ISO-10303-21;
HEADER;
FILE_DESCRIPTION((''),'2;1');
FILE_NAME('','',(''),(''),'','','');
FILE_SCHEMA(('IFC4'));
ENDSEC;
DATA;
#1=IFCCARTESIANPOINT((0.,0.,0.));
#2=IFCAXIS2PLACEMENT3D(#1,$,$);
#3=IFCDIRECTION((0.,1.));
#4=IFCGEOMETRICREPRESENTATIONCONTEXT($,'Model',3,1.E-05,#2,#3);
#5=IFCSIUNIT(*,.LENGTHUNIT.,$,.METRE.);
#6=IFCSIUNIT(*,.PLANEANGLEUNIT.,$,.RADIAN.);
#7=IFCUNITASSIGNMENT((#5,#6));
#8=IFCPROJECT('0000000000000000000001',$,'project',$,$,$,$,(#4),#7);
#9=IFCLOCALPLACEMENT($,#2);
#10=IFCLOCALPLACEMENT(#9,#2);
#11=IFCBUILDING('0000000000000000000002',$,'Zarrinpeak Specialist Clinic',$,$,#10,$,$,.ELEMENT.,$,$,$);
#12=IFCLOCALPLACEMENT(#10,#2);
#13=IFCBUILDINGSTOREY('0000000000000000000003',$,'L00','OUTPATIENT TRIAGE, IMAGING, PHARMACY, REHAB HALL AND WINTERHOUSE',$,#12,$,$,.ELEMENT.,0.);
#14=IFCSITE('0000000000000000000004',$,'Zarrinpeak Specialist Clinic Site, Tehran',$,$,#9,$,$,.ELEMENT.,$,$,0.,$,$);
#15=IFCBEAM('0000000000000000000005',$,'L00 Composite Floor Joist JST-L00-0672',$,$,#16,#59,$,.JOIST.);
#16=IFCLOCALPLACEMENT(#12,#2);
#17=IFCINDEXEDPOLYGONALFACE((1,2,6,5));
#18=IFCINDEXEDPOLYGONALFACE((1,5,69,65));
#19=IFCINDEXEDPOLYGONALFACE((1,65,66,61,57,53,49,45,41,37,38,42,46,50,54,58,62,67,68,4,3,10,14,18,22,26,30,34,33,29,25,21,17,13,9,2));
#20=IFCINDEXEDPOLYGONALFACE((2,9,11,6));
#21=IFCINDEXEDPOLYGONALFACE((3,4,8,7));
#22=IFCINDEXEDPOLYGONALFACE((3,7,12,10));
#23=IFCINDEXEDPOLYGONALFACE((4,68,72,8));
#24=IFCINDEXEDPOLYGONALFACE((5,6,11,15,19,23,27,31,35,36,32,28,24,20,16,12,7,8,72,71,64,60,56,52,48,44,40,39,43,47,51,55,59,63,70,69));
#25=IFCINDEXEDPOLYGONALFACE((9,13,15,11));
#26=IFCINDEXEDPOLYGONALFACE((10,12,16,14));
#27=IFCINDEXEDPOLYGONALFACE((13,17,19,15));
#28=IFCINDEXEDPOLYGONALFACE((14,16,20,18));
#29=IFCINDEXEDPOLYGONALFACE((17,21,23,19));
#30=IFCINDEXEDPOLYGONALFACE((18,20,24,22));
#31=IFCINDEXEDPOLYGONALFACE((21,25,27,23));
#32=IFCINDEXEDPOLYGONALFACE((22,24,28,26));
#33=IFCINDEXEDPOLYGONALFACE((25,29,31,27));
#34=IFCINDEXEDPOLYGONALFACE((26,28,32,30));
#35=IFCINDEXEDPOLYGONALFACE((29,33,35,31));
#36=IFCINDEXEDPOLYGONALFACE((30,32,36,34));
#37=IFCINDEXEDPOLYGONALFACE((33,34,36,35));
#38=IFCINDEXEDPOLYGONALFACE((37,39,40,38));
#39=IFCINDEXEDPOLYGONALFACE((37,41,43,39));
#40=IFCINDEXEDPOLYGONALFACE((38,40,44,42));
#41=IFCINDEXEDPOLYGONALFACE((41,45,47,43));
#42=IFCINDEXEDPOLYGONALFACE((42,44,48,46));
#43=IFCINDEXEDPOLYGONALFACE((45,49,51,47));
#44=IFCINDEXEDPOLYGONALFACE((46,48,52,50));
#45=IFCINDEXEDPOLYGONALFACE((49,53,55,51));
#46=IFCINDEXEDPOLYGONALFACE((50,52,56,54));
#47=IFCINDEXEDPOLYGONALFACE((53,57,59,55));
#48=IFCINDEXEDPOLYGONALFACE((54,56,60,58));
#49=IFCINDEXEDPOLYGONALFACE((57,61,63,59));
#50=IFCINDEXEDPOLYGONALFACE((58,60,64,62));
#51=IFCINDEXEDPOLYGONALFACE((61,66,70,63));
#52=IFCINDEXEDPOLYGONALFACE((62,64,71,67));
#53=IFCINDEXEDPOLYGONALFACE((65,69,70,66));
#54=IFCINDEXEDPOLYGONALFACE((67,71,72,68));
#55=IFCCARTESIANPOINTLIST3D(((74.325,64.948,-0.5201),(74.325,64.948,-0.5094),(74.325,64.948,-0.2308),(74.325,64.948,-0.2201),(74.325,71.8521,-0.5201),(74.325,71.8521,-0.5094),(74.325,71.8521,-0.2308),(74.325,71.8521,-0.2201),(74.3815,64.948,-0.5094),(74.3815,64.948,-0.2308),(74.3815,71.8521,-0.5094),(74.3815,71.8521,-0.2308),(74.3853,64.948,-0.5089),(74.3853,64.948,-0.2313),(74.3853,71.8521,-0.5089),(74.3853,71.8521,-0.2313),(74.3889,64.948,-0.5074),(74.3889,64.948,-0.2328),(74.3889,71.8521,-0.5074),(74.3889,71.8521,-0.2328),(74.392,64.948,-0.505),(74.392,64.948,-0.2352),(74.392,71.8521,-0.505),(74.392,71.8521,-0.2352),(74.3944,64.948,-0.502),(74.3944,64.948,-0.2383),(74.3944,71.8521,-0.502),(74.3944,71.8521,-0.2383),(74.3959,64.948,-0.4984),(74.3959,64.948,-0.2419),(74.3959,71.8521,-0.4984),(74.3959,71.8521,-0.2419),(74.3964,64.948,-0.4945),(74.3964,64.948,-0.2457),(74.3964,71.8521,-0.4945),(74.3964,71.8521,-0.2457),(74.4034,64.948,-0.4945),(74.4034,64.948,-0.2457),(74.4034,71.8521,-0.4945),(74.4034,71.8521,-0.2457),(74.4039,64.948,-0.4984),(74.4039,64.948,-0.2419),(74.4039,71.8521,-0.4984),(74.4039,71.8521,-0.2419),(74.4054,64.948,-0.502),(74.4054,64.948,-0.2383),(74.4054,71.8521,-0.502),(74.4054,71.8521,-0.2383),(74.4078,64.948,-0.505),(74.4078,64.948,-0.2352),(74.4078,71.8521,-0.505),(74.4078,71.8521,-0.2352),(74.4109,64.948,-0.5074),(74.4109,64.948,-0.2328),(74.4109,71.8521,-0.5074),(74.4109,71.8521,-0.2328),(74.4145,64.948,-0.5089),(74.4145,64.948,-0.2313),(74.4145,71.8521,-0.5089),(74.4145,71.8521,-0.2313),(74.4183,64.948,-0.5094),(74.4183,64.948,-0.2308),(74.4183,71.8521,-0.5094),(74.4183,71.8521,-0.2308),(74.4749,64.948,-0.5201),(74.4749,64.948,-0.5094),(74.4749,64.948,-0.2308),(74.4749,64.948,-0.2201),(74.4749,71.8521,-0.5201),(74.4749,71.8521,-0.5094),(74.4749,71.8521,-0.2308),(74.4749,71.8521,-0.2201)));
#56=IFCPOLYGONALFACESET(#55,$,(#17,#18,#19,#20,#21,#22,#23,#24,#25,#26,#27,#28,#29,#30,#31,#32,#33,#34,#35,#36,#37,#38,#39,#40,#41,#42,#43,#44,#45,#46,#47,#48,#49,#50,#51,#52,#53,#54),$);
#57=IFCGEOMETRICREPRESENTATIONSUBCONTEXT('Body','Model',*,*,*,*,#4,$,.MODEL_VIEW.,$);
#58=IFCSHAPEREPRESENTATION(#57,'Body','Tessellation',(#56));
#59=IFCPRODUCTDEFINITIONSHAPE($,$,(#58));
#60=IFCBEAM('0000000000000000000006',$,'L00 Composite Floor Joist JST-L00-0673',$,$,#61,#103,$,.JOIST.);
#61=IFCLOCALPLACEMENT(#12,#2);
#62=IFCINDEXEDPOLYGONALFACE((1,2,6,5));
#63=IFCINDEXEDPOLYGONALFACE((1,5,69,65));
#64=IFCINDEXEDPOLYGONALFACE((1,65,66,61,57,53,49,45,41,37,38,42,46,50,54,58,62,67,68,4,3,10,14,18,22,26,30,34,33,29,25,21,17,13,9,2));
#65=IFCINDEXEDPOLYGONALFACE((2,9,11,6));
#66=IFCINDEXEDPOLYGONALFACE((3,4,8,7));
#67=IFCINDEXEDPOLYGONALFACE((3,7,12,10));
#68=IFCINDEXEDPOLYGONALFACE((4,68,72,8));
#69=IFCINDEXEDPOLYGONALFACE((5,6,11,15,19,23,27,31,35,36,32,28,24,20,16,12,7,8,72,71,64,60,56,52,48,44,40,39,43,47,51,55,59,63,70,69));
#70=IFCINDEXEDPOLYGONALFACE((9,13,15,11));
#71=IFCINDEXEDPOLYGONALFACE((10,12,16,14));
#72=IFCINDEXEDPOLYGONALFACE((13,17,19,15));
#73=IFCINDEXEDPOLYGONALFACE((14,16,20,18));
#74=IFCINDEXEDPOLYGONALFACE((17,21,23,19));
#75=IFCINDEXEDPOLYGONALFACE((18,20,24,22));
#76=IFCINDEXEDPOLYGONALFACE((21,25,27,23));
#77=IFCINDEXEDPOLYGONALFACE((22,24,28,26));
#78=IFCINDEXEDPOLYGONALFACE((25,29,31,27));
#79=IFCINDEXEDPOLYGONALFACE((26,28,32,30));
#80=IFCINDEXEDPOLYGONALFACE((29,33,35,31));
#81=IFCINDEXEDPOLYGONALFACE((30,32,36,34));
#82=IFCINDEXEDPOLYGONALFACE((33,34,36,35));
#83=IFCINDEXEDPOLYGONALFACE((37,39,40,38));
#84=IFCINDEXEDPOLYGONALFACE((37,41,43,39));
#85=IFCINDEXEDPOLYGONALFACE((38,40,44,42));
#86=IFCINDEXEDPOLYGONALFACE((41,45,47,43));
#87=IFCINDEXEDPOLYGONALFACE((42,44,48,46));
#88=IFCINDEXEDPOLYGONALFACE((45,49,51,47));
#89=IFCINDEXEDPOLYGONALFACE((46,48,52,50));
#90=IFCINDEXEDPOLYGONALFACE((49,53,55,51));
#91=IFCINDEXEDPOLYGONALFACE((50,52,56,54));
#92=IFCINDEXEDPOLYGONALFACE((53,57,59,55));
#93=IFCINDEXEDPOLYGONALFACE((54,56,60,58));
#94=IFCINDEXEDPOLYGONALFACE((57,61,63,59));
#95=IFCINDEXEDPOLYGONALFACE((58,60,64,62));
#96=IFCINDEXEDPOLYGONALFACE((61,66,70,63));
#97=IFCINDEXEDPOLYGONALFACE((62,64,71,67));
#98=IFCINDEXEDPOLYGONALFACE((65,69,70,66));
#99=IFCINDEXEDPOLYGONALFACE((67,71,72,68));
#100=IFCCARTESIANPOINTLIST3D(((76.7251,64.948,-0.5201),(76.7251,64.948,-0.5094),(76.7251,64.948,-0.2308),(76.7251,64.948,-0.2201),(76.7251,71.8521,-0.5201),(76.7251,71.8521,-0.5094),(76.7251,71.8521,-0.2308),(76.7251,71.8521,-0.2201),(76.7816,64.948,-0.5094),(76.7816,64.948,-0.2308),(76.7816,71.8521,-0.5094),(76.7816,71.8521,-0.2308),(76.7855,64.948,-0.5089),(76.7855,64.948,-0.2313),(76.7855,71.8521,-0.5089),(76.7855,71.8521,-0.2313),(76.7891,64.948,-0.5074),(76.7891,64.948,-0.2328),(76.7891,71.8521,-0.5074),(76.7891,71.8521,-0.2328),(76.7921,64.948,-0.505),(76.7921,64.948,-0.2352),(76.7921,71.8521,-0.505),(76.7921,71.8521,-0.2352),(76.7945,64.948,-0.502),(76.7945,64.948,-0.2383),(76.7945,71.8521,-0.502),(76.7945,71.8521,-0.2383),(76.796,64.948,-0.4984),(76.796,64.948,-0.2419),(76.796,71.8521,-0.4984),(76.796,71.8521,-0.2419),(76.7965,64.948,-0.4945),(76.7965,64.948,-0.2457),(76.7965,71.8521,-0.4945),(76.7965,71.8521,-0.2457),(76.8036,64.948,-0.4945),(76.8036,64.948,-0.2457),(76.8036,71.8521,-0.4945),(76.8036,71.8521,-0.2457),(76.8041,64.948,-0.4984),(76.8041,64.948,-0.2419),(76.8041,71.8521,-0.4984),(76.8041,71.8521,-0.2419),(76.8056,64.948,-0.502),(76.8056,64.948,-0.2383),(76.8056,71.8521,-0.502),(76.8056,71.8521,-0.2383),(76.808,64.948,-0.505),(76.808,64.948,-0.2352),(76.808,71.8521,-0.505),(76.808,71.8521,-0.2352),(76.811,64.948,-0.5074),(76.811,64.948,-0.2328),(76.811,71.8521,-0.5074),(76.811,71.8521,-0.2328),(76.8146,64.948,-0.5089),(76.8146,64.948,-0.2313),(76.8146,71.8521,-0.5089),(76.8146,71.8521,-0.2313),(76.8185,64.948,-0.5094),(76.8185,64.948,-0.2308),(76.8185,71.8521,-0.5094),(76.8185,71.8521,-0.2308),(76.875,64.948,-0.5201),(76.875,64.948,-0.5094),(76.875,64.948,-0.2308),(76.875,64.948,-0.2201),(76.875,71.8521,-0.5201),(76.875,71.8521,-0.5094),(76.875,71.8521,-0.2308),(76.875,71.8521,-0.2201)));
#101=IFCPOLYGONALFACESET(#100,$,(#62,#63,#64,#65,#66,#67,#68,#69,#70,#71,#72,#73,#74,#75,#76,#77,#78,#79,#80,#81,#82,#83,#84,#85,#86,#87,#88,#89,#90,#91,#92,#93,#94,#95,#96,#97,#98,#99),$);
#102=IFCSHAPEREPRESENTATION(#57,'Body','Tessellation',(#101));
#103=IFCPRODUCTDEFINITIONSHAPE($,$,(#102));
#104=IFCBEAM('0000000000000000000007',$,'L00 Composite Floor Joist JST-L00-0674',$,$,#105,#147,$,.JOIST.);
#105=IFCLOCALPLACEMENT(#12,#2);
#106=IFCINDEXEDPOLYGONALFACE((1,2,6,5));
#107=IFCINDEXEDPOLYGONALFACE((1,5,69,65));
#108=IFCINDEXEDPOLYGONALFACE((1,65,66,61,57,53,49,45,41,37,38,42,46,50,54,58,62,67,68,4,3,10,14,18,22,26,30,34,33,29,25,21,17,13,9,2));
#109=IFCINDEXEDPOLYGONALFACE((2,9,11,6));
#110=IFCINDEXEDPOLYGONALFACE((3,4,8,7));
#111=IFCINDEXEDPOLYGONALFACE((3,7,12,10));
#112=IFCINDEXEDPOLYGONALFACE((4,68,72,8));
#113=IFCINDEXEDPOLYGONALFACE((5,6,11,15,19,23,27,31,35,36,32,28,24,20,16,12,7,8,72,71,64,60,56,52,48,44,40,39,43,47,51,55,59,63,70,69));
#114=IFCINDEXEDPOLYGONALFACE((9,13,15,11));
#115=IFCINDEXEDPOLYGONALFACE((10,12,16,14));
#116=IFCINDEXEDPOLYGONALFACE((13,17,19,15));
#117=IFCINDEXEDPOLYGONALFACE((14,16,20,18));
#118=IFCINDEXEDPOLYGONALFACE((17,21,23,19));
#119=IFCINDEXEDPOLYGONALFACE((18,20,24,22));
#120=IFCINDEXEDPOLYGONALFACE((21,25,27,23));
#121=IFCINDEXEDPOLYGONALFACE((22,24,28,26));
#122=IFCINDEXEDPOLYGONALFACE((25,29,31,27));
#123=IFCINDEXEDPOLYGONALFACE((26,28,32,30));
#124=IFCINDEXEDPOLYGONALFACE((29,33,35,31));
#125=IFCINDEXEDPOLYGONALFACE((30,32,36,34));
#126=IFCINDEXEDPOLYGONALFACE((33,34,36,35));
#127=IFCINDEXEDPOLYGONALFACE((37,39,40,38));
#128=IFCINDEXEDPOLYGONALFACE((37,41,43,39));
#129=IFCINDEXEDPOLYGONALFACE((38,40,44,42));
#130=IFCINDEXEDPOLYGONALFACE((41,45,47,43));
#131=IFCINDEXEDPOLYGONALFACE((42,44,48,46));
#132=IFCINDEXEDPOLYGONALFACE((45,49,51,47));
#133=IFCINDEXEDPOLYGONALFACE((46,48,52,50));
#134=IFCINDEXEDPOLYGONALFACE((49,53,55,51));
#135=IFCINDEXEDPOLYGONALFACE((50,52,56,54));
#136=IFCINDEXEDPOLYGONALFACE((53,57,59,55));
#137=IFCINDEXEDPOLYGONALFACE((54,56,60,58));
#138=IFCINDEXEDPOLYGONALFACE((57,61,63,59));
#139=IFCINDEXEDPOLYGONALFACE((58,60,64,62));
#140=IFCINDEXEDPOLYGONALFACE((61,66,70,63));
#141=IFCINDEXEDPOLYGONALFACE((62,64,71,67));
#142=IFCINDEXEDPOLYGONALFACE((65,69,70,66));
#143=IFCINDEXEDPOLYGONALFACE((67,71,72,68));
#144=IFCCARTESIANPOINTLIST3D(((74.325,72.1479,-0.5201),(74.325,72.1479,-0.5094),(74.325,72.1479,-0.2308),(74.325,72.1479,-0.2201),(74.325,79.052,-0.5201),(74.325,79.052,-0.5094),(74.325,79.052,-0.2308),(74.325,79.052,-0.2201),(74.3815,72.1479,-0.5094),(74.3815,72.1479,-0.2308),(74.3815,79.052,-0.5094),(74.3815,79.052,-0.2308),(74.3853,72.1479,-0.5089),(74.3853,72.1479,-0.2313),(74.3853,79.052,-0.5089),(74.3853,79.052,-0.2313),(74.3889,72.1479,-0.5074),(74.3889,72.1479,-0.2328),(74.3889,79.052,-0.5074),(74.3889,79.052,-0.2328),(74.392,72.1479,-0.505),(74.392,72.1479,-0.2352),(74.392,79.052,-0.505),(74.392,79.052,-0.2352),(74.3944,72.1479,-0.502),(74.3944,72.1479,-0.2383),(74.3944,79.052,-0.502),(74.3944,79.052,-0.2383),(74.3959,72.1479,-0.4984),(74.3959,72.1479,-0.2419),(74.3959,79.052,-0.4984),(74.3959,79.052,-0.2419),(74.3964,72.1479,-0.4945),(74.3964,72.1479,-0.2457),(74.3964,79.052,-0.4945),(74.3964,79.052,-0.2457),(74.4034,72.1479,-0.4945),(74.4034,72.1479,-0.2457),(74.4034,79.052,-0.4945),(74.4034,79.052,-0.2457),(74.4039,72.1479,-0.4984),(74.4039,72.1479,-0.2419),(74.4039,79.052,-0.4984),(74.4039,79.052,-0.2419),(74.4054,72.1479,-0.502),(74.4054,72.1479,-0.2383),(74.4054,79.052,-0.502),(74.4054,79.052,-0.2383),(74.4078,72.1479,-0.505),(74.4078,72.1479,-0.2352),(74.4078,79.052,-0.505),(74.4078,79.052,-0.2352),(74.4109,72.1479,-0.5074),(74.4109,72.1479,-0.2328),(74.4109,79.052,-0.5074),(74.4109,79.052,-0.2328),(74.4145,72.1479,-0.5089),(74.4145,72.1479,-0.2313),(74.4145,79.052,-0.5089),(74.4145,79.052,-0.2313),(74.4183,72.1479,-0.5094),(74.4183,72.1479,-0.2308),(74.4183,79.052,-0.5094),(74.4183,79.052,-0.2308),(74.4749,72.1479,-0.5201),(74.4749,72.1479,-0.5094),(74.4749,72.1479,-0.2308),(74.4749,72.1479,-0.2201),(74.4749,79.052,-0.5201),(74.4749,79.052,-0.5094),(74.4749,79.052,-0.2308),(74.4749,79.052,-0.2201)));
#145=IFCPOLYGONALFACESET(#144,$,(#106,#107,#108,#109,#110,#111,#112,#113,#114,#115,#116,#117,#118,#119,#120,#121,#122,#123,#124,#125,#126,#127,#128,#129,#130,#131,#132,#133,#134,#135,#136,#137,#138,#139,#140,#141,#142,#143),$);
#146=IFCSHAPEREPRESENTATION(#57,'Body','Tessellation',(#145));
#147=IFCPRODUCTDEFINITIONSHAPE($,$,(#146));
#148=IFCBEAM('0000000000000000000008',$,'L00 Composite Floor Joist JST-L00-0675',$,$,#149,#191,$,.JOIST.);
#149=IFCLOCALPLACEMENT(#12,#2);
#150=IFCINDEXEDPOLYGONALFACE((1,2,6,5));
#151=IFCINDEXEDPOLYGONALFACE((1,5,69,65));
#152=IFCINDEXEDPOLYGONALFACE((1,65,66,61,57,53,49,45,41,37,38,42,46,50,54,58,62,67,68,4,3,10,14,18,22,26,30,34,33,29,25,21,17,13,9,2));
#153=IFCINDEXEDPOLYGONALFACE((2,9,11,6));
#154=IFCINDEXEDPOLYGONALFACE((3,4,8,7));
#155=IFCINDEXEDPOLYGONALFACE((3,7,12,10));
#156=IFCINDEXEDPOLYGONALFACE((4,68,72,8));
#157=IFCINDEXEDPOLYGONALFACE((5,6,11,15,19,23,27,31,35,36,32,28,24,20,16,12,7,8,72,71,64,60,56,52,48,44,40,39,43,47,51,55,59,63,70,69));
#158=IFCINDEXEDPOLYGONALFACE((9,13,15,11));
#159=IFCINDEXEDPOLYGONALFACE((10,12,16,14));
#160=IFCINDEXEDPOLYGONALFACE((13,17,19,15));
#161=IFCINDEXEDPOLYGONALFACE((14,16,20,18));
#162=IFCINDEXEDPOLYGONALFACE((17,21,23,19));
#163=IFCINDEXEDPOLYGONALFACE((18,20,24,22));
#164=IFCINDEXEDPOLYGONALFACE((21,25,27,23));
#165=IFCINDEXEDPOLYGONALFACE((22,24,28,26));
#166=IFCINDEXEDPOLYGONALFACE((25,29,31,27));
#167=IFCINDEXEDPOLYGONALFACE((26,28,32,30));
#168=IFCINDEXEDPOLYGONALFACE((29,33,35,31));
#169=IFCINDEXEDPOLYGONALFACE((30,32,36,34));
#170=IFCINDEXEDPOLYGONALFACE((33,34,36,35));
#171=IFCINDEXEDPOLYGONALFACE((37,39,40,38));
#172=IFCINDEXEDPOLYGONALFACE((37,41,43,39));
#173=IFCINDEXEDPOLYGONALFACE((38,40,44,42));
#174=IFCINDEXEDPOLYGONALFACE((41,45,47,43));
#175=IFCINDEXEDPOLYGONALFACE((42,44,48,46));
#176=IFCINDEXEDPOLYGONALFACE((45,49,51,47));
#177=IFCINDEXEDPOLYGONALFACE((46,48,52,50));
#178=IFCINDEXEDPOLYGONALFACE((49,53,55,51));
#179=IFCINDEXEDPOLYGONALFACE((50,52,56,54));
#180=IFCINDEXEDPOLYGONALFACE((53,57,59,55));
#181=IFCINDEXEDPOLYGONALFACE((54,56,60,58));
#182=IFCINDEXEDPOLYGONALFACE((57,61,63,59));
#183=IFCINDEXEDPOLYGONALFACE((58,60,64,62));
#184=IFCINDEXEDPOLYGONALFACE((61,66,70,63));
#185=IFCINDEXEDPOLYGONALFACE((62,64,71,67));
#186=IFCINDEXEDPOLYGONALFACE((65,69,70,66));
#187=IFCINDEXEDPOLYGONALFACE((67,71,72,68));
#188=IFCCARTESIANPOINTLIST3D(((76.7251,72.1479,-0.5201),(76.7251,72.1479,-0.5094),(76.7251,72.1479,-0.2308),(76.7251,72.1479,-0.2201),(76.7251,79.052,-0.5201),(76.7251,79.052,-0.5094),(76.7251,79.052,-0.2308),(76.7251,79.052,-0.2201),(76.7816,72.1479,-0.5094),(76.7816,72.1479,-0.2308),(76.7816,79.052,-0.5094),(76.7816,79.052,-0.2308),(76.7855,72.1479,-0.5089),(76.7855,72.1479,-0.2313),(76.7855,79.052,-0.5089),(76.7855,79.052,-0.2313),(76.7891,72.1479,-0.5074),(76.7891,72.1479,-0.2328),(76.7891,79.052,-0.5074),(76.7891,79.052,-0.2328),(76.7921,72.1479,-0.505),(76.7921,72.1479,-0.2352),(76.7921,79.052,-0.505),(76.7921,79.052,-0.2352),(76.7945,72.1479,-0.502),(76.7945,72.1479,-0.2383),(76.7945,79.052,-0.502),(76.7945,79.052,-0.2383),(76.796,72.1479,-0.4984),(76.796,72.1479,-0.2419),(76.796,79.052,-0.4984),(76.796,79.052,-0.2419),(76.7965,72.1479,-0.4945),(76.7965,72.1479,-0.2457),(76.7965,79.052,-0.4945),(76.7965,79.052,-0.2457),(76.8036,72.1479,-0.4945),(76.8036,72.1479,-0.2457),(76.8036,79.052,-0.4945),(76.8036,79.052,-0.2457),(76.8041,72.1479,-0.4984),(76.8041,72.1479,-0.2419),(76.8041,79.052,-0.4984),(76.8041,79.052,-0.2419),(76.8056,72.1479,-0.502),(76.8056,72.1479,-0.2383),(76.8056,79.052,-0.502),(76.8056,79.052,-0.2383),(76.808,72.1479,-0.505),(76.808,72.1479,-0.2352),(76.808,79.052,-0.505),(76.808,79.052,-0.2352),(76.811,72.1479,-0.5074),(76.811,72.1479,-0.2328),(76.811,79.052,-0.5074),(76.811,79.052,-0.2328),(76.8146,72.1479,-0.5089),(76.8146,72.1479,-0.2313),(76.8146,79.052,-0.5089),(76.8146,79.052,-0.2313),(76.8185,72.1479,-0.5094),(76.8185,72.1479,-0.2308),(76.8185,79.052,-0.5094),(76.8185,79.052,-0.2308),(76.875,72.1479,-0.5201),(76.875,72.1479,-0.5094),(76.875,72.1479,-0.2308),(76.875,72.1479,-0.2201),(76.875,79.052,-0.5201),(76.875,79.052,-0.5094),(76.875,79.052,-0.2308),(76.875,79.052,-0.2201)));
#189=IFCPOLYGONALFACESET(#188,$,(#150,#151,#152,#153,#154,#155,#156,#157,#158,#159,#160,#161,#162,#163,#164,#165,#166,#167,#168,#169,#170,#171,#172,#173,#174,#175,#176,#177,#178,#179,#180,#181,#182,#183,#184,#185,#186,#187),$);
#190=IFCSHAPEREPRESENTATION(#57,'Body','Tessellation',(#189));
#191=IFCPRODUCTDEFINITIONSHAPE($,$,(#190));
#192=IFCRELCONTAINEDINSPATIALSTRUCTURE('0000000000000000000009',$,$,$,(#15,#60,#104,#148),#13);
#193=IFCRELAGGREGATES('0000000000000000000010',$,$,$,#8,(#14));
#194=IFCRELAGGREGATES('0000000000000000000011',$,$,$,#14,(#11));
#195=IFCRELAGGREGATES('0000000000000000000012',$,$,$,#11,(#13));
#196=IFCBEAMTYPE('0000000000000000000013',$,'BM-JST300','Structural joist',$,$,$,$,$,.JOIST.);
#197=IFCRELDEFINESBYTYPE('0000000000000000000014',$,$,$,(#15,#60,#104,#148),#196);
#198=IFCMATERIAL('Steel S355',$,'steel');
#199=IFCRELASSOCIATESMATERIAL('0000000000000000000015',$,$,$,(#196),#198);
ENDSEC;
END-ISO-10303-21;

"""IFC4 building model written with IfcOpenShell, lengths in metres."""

from ifc_helpers import new_model, si_unit, direction, frame, origin, origin_2d, place, context, subcontext, project, spatial, i_section, extrude, material, material_profile, profile_set, type_object, element, save


model = new_model("IFC4")

# Units and contexts
model_context = context("Model", 3, precision=1e-05, world=origin(), true_north=direction((0.0, 1.0)))
body_context = subcontext(model_context, "Body", "Model", "MODEL_VIEW")
ifc_project = project(units=[si_unit("LENGTHUNIT", "METRE"), si_unit("PLANEANGLEUNIT", "RADIAN")], contexts=[model_context])

# Site, building, storey
site_placement = place(None, origin())
site = spatial("IfcSite", under=ifc_project, at=site_placement, Name="Zarrinpeak Specialist Clinic Site, Tehran", CompositionType="ELEMENT", RefElevation=0.0)
building_placement = place(site_placement, origin())
building = spatial("IfcBuilding", under=site, at=building_placement, Name="Zarrinpeak Specialist Clinic", CompositionType="ELEMENT")
storey_placement = place(building_placement, origin())
storey = spatial("IfcBuildingStorey", under=building, at=storey_placement, Name="L00", Description="OUTPATIENT TRIAGE, IMAGING, PHARMACY, REHAB HALL AND WINTERHOUSE", CompositionType="ELEMENT", Elevation=0.0)

# Beams
ifc_material_1 = material(Name="Steel S355", Category="steel")
ifc_material_profile_1 = material_profile(ifc_material_1, i_section(OverallWidth=0.1499, OverallDepth=0.3, WebThickness=0.0071, FlangeThickness=0.0107, FilletRadius=0.0149, at=origin_2d()), Name="IPE 300")
ifc_profile_set_1 = profile_set([ifc_material_profile_1], Name="Steel S355")
beam_type_1 = type_object("IfcBeamType", Name="BM-JST300", Description="Structural joist", PredefinedType="JOIST", material=ifc_profile_set_1)
for number, where, z_axis, x_axis, name in (
    (1, (74.3999, 64.948, -0.3701), (0.0, 1.0, 0.0), (-1.0, 0.0, 0.0), "L00 Composite Floor Joist JST-L00-0672"),
    (2, (76.8, 64.948, -0.3701), (0.0, 1.0, 0.0), (-1.0, 0.0, 0.0), "L00 Composite Floor Joist JST-L00-0673"),
    (3, (74.3999, 72.1479, -0.3701), (0.0, 1.0, 0.0), (-1.0, 0.0, 0.0), "L00 Composite Floor Joist JST-L00-0674"),
    (4, (76.8, 72.1479, -0.3701), (0.0, 1.0, 0.0), (-1.0, 0.0, 0.0), "L00 Composite Floor Joist JST-L00-0675"),
):
    element("IfcBeam", number, at=place(storey_placement, frame(where, z_axis=z_axis, x_axis=x_axis)), inside=storey, type_object=beam_type_1, Name=name, PredefinedType="JOIST", context=body_context, shape_type="SweptSolid", body=[
        extrude(i_section(OverallWidth=0.1499, OverallDepth=0.3, WebThickness=0.0071, FlangeThickness=0.0107, FilletRadius=0.0149, at=origin_2d()), origin(), (0.0, 0.0, 1.0), 6.9041),
    ])

save(model, "model.ifc")
